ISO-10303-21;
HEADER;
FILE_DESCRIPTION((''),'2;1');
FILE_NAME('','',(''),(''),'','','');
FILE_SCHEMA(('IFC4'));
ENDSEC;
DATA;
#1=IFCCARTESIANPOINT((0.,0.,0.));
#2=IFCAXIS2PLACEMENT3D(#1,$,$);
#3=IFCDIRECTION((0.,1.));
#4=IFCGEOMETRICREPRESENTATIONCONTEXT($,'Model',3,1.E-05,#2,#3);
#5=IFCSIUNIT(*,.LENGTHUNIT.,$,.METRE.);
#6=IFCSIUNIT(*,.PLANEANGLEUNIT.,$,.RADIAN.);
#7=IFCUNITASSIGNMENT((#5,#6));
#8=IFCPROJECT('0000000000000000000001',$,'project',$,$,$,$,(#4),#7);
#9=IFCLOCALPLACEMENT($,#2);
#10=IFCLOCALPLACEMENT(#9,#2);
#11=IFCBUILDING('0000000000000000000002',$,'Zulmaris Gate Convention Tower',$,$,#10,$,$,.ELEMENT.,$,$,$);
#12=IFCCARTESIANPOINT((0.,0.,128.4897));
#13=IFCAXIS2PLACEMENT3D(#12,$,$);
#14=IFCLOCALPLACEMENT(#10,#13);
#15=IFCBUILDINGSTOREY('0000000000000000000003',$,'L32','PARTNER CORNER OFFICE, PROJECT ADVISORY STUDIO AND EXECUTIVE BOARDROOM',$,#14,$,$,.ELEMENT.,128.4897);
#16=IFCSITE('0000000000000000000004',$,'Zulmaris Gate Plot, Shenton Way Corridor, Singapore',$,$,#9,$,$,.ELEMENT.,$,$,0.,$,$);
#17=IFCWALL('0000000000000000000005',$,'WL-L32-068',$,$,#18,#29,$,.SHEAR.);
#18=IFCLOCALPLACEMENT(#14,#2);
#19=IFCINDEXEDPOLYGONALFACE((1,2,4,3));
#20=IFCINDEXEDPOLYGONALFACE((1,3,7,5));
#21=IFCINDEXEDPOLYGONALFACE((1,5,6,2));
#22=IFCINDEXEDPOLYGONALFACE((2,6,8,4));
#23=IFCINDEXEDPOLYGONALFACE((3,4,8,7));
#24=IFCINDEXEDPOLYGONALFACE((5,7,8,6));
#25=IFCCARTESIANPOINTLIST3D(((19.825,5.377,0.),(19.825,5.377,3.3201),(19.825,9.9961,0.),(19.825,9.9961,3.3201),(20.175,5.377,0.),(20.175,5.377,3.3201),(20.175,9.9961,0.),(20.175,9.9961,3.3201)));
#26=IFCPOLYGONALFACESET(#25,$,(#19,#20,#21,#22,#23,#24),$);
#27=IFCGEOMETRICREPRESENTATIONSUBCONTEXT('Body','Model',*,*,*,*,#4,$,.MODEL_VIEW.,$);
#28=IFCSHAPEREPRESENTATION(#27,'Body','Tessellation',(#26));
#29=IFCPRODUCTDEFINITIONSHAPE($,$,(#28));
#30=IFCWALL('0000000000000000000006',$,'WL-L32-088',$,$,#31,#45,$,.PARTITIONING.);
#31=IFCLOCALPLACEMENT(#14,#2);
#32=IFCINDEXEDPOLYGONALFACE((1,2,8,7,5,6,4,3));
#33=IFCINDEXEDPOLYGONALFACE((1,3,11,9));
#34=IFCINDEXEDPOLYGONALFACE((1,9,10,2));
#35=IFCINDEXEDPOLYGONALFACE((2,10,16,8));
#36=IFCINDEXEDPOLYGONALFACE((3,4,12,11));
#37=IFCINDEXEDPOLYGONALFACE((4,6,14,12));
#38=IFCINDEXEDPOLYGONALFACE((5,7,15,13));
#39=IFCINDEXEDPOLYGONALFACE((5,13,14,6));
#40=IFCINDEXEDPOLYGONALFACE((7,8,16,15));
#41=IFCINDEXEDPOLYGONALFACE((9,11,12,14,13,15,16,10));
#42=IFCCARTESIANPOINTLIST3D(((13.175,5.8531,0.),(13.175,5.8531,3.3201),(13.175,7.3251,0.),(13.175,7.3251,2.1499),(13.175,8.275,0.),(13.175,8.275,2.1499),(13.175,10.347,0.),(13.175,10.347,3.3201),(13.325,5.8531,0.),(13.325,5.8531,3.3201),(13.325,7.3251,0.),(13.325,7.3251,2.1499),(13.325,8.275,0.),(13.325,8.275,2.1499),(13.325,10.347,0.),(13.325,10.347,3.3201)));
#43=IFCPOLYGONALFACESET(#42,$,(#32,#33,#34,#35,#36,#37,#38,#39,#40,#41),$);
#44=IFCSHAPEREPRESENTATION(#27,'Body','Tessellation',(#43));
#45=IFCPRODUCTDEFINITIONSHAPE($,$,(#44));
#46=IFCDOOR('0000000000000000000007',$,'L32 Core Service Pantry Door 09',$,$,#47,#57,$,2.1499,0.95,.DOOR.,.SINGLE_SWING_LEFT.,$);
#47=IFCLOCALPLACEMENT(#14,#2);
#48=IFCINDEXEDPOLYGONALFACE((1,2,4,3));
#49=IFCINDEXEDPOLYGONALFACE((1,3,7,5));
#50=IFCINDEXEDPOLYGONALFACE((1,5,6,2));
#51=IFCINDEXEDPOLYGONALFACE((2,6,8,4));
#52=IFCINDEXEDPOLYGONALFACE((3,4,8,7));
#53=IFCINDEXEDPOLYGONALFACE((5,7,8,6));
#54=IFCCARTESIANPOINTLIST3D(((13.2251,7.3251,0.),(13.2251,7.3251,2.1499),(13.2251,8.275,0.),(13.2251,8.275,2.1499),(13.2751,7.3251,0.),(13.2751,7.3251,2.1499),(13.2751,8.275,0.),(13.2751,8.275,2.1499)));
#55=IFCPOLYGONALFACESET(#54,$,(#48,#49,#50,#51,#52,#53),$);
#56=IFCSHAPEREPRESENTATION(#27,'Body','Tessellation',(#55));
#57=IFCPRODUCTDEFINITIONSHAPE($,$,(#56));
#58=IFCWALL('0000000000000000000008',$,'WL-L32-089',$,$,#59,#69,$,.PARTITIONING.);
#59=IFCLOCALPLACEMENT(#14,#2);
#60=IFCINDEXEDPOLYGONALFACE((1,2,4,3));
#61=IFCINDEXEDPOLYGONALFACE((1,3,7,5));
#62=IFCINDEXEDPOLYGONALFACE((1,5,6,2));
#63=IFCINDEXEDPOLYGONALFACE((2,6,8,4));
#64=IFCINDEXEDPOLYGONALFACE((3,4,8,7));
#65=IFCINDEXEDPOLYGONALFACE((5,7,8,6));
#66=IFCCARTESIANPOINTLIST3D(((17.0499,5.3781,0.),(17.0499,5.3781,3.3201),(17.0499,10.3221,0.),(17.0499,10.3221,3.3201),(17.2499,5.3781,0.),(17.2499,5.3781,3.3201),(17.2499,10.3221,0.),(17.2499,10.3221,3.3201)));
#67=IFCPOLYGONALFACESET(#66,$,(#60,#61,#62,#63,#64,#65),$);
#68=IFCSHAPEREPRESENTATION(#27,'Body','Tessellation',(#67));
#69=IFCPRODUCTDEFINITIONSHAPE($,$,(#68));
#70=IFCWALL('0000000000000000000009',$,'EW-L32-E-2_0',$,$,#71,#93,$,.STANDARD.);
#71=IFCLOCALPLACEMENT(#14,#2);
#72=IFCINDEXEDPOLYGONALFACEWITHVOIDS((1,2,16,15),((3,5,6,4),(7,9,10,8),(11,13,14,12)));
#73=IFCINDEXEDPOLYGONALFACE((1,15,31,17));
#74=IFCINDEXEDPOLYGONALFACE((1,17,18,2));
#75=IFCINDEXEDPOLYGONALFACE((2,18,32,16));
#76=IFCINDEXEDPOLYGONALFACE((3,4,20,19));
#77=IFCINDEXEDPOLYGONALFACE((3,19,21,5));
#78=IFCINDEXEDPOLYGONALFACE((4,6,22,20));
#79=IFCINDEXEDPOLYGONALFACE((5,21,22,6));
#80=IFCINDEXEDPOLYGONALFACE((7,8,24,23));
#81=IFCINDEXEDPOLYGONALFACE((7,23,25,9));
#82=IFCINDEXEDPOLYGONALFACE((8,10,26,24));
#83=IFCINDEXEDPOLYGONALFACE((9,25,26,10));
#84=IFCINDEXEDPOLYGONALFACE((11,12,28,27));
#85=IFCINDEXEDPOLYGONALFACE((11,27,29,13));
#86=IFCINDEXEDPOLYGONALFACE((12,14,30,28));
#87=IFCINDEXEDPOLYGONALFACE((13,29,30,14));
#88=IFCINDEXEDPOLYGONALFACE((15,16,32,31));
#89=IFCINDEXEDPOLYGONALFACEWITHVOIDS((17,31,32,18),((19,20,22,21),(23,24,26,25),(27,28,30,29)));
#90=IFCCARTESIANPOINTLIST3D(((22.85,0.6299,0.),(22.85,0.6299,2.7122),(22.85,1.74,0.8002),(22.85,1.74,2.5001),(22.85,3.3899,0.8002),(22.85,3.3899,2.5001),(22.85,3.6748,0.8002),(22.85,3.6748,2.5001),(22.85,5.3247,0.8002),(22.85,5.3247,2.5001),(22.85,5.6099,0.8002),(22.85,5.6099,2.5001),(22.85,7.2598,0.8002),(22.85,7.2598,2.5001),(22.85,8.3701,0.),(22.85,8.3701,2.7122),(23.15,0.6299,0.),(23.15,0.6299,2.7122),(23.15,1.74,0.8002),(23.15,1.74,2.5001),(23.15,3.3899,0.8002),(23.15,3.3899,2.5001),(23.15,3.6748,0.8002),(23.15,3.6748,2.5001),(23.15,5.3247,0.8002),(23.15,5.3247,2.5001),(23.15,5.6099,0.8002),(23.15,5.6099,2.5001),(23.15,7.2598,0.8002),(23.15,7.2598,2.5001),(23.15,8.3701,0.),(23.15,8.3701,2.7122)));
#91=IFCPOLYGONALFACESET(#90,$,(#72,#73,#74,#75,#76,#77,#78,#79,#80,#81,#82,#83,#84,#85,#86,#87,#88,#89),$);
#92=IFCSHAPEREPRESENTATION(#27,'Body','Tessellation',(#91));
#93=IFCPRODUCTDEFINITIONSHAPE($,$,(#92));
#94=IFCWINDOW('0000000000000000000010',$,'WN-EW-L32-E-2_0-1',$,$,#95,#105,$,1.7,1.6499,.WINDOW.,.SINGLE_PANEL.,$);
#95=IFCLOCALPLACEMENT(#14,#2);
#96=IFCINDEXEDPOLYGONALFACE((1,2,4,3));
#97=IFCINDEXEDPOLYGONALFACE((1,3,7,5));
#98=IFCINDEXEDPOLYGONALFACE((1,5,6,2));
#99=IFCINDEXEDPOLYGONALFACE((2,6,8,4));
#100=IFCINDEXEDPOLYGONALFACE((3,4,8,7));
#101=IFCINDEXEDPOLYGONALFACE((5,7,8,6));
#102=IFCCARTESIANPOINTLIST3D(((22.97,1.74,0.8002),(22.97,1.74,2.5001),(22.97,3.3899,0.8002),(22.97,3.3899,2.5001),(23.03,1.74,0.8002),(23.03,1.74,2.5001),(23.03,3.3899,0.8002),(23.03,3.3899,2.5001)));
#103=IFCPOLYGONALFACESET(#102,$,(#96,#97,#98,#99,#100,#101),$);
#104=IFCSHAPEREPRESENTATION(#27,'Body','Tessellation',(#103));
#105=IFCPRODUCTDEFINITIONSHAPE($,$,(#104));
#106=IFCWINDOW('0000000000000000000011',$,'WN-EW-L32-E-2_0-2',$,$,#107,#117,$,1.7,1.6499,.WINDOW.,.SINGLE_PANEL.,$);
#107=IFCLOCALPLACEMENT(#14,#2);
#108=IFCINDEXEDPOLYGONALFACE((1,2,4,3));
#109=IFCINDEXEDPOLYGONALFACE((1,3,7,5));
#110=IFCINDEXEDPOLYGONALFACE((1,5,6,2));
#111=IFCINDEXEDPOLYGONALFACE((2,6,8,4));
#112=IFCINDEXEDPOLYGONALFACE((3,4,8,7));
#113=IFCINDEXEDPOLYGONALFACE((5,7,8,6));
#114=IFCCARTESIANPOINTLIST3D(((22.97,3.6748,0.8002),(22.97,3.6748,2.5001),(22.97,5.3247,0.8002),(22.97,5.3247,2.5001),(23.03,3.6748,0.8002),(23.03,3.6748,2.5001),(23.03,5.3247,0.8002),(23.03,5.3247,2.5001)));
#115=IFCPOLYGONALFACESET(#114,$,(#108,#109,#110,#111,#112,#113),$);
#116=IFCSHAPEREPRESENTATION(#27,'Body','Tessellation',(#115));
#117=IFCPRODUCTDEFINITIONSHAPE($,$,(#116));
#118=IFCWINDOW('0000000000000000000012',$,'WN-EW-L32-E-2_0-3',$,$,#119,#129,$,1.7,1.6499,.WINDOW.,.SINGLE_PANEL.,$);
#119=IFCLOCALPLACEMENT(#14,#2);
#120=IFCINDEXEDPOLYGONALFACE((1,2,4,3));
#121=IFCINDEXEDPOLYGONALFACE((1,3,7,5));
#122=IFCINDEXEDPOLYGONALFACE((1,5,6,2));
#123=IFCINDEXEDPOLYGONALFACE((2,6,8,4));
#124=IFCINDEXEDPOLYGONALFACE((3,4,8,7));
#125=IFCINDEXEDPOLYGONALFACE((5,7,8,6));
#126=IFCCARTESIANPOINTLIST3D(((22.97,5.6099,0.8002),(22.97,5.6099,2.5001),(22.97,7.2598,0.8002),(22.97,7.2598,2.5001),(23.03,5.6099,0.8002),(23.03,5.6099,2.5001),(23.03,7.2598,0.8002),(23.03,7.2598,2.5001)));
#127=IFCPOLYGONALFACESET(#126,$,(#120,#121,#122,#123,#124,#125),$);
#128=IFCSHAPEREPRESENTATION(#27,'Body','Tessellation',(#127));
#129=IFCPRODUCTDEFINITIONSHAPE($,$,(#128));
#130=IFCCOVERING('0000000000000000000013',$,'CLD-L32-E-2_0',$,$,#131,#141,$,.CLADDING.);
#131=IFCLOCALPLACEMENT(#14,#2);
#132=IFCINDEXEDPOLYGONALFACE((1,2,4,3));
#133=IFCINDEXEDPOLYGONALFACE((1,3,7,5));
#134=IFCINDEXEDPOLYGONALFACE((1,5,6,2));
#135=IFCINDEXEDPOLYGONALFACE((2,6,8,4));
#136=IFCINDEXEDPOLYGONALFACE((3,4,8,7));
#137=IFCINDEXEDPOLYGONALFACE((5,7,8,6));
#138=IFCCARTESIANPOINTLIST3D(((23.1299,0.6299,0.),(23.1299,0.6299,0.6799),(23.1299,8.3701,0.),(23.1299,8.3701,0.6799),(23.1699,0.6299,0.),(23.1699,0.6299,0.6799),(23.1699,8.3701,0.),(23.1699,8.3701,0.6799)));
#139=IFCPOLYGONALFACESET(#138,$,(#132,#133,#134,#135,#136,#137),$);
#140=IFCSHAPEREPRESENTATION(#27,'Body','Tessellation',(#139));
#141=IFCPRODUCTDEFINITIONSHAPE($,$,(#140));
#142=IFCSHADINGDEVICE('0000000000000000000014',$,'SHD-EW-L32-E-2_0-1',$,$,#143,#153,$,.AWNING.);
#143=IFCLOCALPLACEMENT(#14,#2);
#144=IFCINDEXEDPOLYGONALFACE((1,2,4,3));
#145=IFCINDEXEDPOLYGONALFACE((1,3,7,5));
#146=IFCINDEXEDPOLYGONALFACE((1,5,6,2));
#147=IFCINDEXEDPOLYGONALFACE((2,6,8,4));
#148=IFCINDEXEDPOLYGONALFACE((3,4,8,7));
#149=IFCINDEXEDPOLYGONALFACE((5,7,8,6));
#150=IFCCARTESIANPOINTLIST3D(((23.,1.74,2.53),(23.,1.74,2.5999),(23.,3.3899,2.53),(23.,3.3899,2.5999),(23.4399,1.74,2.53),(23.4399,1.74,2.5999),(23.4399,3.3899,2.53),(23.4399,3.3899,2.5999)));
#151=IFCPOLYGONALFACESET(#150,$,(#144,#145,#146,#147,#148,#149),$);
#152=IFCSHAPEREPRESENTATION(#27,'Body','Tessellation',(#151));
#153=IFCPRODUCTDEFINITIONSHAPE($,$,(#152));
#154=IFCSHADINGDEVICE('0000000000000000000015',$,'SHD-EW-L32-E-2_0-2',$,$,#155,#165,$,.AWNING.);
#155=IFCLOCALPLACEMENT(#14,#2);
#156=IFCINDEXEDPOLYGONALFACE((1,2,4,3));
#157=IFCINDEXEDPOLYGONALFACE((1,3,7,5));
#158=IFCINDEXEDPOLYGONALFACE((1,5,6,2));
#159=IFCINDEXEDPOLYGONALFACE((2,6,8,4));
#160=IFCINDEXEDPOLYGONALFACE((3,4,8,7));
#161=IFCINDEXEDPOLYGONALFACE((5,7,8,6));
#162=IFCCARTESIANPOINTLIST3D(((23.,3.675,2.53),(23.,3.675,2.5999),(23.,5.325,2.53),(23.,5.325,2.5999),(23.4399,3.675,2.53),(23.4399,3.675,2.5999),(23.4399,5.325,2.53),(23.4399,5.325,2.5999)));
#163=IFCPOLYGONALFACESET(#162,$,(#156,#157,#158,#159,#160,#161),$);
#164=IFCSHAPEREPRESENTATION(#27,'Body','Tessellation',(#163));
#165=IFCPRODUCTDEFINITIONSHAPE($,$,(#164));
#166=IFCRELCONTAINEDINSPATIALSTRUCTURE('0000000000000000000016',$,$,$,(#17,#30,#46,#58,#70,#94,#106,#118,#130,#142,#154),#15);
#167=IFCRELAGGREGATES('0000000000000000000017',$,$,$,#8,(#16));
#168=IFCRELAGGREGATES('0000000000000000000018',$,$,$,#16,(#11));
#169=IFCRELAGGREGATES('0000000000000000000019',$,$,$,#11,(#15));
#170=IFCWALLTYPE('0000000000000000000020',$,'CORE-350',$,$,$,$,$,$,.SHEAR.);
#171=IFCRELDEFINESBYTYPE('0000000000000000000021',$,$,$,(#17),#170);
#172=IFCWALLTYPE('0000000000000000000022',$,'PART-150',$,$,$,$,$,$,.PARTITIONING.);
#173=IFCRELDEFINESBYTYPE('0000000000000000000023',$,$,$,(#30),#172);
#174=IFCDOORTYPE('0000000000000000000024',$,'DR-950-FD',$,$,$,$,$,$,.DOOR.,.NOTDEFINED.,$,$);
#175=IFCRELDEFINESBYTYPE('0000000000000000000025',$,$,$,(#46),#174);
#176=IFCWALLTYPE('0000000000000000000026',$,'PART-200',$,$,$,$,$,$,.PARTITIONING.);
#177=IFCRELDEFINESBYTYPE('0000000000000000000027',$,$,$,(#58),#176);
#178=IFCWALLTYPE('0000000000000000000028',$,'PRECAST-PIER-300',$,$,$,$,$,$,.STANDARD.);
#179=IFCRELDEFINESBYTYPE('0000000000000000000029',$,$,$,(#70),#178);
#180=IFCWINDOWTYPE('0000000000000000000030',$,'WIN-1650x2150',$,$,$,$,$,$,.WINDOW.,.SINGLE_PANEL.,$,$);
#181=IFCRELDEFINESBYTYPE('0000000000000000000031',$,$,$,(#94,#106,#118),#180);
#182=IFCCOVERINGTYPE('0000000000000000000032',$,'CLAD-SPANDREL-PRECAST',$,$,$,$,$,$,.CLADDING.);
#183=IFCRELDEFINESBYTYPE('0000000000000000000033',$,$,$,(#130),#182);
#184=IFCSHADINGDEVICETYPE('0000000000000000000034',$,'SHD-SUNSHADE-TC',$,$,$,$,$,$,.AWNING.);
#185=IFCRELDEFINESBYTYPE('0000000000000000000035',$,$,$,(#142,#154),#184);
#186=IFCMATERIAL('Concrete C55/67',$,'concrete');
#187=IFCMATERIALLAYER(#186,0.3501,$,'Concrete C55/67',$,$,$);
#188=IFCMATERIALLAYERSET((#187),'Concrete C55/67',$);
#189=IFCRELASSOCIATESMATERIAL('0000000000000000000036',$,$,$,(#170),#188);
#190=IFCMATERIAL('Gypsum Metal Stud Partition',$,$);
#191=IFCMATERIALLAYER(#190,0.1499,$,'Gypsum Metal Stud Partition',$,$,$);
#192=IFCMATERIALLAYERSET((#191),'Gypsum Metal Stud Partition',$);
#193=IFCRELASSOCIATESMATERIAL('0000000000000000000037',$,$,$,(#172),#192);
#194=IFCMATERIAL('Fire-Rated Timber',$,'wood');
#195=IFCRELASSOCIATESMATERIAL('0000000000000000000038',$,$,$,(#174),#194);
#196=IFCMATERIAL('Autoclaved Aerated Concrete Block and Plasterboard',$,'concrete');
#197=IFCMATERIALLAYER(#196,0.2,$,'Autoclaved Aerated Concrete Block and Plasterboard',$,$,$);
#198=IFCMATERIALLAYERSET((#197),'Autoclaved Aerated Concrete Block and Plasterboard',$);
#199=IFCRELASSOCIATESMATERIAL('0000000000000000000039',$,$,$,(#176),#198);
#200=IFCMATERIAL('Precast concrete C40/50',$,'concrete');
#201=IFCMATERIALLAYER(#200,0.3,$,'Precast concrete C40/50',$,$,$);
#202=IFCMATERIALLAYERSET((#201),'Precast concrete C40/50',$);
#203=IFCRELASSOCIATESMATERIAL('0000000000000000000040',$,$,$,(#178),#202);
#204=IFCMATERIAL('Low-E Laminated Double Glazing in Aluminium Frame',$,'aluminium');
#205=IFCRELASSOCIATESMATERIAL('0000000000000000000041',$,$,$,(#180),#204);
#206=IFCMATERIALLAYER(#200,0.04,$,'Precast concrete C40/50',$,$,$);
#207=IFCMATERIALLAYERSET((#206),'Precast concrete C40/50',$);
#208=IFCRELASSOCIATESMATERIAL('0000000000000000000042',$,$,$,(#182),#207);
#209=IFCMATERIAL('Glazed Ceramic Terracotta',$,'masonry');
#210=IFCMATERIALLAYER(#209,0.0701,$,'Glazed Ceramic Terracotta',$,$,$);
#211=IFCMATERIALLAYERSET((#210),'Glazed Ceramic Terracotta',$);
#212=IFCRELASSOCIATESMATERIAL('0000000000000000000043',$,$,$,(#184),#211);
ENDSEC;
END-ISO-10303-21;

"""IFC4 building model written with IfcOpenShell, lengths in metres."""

from ifc_helpers import new_model, si_unit, direction, frame, frame_2d, origin, place, context, subcontext, project, spatial, rectangle, extrude, material, layer, layer_set, type_object, element, fill, save


model = new_model("IFC4")

# Units and contexts
model_context = context("Model", 3, precision=1e-05, world=origin(), true_north=direction((0.0, 1.0)))
body_context = subcontext(model_context, "Body", "Model", "MODEL_VIEW")
ifc_project = project(units=[si_unit("LENGTHUNIT", "METRE"), si_unit("PLANEANGLEUNIT", "RADIAN")], contexts=[model_context])

# Site, building, storey
site_placement = place(None, origin())
site = spatial("IfcSite", under=ifc_project, at=site_placement, Name="Zulmaris Gate Plot, Shenton Way Corridor, Singapore", CompositionType="ELEMENT", RefElevation=0.0)
building_placement = place(site_placement, origin())
building = spatial("IfcBuilding", under=site, at=building_placement, Name="Zulmaris Gate Convention Tower", CompositionType="ELEMENT")
storey_placement = place(building_placement, frame((0.0, 0.0, 128.4897)))
storey = spatial("IfcBuildingStorey", under=building, at=storey_placement, Name="L32", Description="PARTNER CORNER OFFICE, PROJECT ADVISORY STUDIO AND EXECUTIVE BOARDROOM", CompositionType="ELEMENT", Elevation=128.4897)

# Wall
ifc_material_1 = material(Name="Concrete C55/67", Category="concrete")
ifc_layer_1 = layer(ifc_material_1, 0.3501, Name="Concrete C55/67")
ifc_layer_set_1 = layer_set([ifc_layer_1], Name="Concrete C55/67")
wall_type_1 = type_object("IfcWallType", Name="CORE-350", PredefinedType="SHEAR", material=ifc_layer_set_1)
wall_1_placement = place(storey_placement, frame((20.0, 5.377, 0.0), z_axis=(0.0, 0.0, 1.0), x_axis=(0.0, 1.0, 0.0)))
element("IfcWall", 1, at=wall_1_placement, inside=storey, type_object=wall_type_1, Name="WL-L32-068", PredefinedType="SHEAR", context=body_context, shape_type="SweptSolid", body=[
    extrude(rectangle(XDim=4.6191, YDim=0.3501, at=frame_2d((2.3096, 0.0))), origin(), (0.0, 0.0, 1.0), 3.3201),
])

# Wall, opening, door
ifc_material_2 = material(Name="Gypsum Metal Stud Partition")
ifc_layer_2 = layer(ifc_material_2, 0.1499, Name="Gypsum Metal Stud Partition")
ifc_layer_set_2 = layer_set([ifc_layer_2], Name="Gypsum Metal Stud Partition")
wall_type_2 = type_object("IfcWallType", Name="PART-150", PredefinedType="PARTITIONING", material=ifc_layer_set_2)
wall_2_placement = place(storey_placement, frame((13.25, 5.853, 0.0), z_axis=(0.0, 0.0, 1.0), x_axis=(0.0, 1.0, 0.0)))
wall_2 = element("IfcWall", 2, at=wall_2_placement, inside=storey, type_object=wall_type_2, Name="WL-L32-088", PredefinedType="PARTITIONING", context=body_context, shape_type="SweptSolid", body=[
    extrude(rectangle(XDim=4.4939, YDim=0.1499, at=frame_2d((2.2471, 0.0))), origin(), (0.0, 0.0, 1.0), 3.3201),
])
opening_1_placement = place(wall_2_placement, frame((1.4719, 0.0, 0.0)))
opening_1 = element("IfcOpeningElement", 3, at=opening_1_placement, cuts=wall_2, PredefinedType="OPENING", context=body_context, shape_type="SweptSolid", body=[
    extrude(rectangle(XDim=0.95, YDim=2.1499, at=frame_2d((0.4751, 1.075))), frame((0.0, 0.085, 0.0), z_axis=(0.0, -1.0, 0.0), x_axis=(1.0, 0.0, 0.0)), (0.0, 0.0, 1.0), 0.1699),
])
ifc_material_3 = material(Name="Fire-Rated Timber", Category="wood")
door_type_1 = type_object("IfcDoorType", Name="DR-950-FD", OperationType="NOTDEFINED", PredefinedType="DOOR", material=ifc_material_3)
door_1_placement = place(opening_1_placement, origin())
door_1 = element("IfcDoor", 4, at=door_1_placement, inside=storey, type_object=door_type_1, Name="L32 Core Service Pantry Door 09", OperationType="SINGLE_SWING_LEFT", OverallHeight=2.1499, OverallWidth=0.95, PredefinedType="DOOR", context=body_context, shape_type="SweptSolid", body=[
    extrude(rectangle(XDim=0.95, YDim=2.1499, at=frame_2d((0.4751, 1.075))), frame((0.0, 0.0249, 0.0), z_axis=(0.0, -1.0, 0.0), x_axis=(1.0, 0.0, 0.0)), (0.0, 0.0, 1.0), 0.05),
])
fill(opening_1, door_1)

# Wall
ifc_material_4 = material(Name="Autoclaved Aerated Concrete Block and Plasterboard", Category="concrete")
ifc_layer_3 = layer(ifc_material_4, 0.2, Name="Autoclaved Aerated Concrete Block and Plasterboard")
ifc_layer_set_3 = layer_set([ifc_layer_3], Name="Autoclaved Aerated Concrete Block and Plasterboard")
wall_type_3 = type_object("IfcWallType", Name="PART-200", PredefinedType="PARTITIONING", material=ifc_layer_set_3)
wall_3_placement = place(storey_placement, frame((17.1499, 5.3779, 0.0), z_axis=(0.0, 0.0, 1.0), x_axis=(0.0, 1.0, 0.0)))
element("IfcWall", 5, at=wall_3_placement, inside=storey, type_object=wall_type_3, Name="WL-L32-089", PredefinedType="PARTITIONING", context=body_context, shape_type="SweptSolid", body=[
    extrude(rectangle(XDim=4.9441, YDim=0.2, at=frame_2d((2.4722, 0.0))), origin(), (0.0, 0.0, 1.0), 3.3201),
])

# Wall, openings, windows
ifc_material_5 = material(Name="Precast concrete C40/50", Category="concrete")
ifc_layer_4 = layer(ifc_material_5, 0.3, Name="Precast concrete C40/50")
ifc_layer_set_4 = layer_set([ifc_layer_4], Name="Precast concrete C40/50")
wall_type_4 = type_object("IfcWallType", Name="PRECAST-PIER-300", PredefinedType="STANDARD", material=ifc_layer_set_4)
wall_4_placement = place(storey_placement, frame((23.0, 0.6299, 0.0), z_axis=(0.0, 0.0, 1.0), x_axis=(0.0, 1.0, 0.0)))
wall_4 = element("IfcWall", 6, at=wall_4_placement, inside=storey, type_object=wall_type_4, Name="EW-L32-E-2_0", PredefinedType="STANDARD", context=body_context, shape_type="SweptSolid", body=[
    extrude(rectangle(XDim=7.7402, YDim=0.3, at=frame_2d((3.8701, 0.0))), origin(), (0.0, 0.0, 1.0), 2.7122),
])
opening_2_placement = place(wall_4_placement, frame((1.1101, 0.0, 0.8)))
opening_2 = element("IfcOpeningElement", 7, at=opening_2_placement, cuts=wall_4, PredefinedType="OPENING", context=body_context, shape_type="SweptSolid", body=[
    extrude(rectangle(XDim=1.6499, YDim=1.7, at=frame_2d((0.825, 0.8501))), frame((0.0, 0.1602, 0.0), z_axis=(0.0, -1.0, 0.0), x_axis=(1.0, 0.0, 0.0)), (0.0, 0.0, 1.0), 0.3201),
])
opening_3_placement = place(wall_4_placement, frame((3.0449, 0.0, 0.8)))
opening_3 = element("IfcOpeningElement", 8, at=opening_3_placement, cuts=wall_4, PredefinedType="OPENING", context=body_context, shape_type="SweptSolid", body=[
    extrude(rectangle(XDim=1.6499, YDim=1.7, at=frame_2d((0.825, 0.8501))), frame((0.0, 0.1602, 0.0), z_axis=(0.0, -1.0, 0.0), x_axis=(1.0, 0.0, 0.0)), (0.0, 0.0, 1.0), 0.3201),
])
opening_4_placement = place(wall_4_placement, frame((4.98, 0.0, 0.8)))
opening_4 = element("IfcOpeningElement", 9, at=opening_4_placement, cuts=wall_4, PredefinedType="OPENING", context=body_context, shape_type="SweptSolid", body=[
    extrude(rectangle(XDim=1.6499, YDim=1.7, at=frame_2d((0.825, 0.8501))), frame((0.0, 0.1602, 0.0), z_axis=(0.0, -1.0, 0.0), x_axis=(1.0, 0.0, 0.0)), (0.0, 0.0, 1.0), 0.3201),
])
ifc_material_6 = material(Name="Low-E Laminated Double Glazing in Aluminium Frame", Category="aluminium")
window_type = type_object("IfcWindowType", Name="WIN-1650x2150", PartitioningType="SINGLE_PANEL", PredefinedType="WINDOW", material=ifc_material_6)
window_1_placement = place(opening_2_placement, origin())
window_1 = element("IfcWindow", 10, at=window_1_placement, inside=storey, type_object=window_type, Name="WN-EW-L32-E-2_0-1", OverallHeight=1.7, OverallWidth=1.6499, PartitioningType="SINGLE_PANEL", PredefinedType="WINDOW", context=body_context, shape_type="SweptSolid", body=[
    extrude(rectangle(XDim=1.6499, YDim=1.7, at=frame_2d((0.825, 0.8501))), frame((0.0, 0.03, 0.0), z_axis=(0.0, -1.0, 0.0), x_axis=(1.0, 0.0, 0.0)), (0.0, 0.0, 1.0), 0.0601),
])
fill(opening_2, window_1)
window_2_placement = place(opening_3_placement, origin())
window_2 = element("IfcWindow", 11, at=window_2_placement, inside=storey, type_object=window_type, Name="WN-EW-L32-E-2_0-2", OverallHeight=1.7, OverallWidth=1.6499, PartitioningType="SINGLE_PANEL", PredefinedType="WINDOW", context=body_context, shape_type="SweptSolid", body=[
    extrude(rectangle(XDim=1.6499, YDim=1.7, at=frame_2d((0.825, 0.8501))), frame((0.0, 0.03, 0.0), z_axis=(0.0, -1.0, 0.0), x_axis=(1.0, 0.0, 0.0)), (0.0, 0.0, 1.0), 0.0601),
])
fill(opening_3, window_2)
window_3_placement = place(opening_4_placement, origin())
window_3 = element("IfcWindow", 12, at=window_3_placement, inside=storey, type_object=window_type, Name="WN-EW-L32-E-2_0-3", OverallHeight=1.7, OverallWidth=1.6499, PartitioningType="SINGLE_PANEL", PredefinedType="WINDOW", context=body_context, shape_type="SweptSolid", body=[
    extrude(rectangle(XDim=1.6499, YDim=1.7, at=frame_2d((0.825, 0.8501))), frame((0.0, 0.03, 0.0), z_axis=(0.0, -1.0, 0.0), x_axis=(1.0, 0.0, 0.0)), (0.0, 0.0, 1.0), 0.0601),
])
fill(opening_4, window_3)

# Covering
ifc_layer_5 = layer(ifc_material_5, 0.04, Name="Precast concrete C40/50")
ifc_layer_set_5 = layer_set([ifc_layer_5], Name="Precast concrete C40/50")
covering_type = type_object("IfcCoveringType", Name="CLAD-SPANDREL-PRECAST", PredefinedType="CLADDING", material=ifc_layer_set_5)
covering_placement = place(storey_placement, frame((23.1499, 0.6299, 0.0), z_axis=(0.0, 0.0, 1.0), x_axis=(0.0, 1.0, 0.0)))
element("IfcCovering", 13, at=covering_placement, inside=storey, type_object=covering_type, Name="CLD-L32-E-2_0", PredefinedType="CLADDING", context=body_context, shape_type="SweptSolid", body=[
    extrude(rectangle(XDim=7.7402, YDim=0.04, at=frame_2d((3.8701, 0.0))), origin(), (0.0, 0.0, 1.0), 0.6799),
])

# Shading devices
ifc_material_7 = material(Name="Glazed Ceramic Terracotta", Category="masonry")
ifc_layer_6 = layer(ifc_material_7, 0.0701, Name="Glazed Ceramic Terracotta")
ifc_layer_set_6 = layer_set([ifc_layer_6], Name="Glazed Ceramic Terracotta")
shading_device_type = type_object("IfcShadingDeviceType", Name="SHD-SUNSHADE-TC", PredefinedType="AWNING", material=ifc_layer_set_6)
for number, where, z_axis, x_axis, name in (
    (14, (23.22, 1.74, 2.53), (0.0, 0.0, 1.0), (0.0, 1.0, 0.0), "SHD-EW-L32-E-2_0-1"),
    (15, (23.22, 3.675, 2.53), (0.0, 0.0, 1.0), (0.0, 1.0, 0.0), "SHD-EW-L32-E-2_0-2"),
):
    element("IfcShadingDevice", number, at=place(storey_placement, frame(where, z_axis=z_axis, x_axis=x_axis)), inside=storey, type_object=shading_device_type, Name=name, PredefinedType="AWNING", context=body_context, shape_type="SweptSolid", body=[
        extrude(rectangle(XDim=1.6499, YDim=0.4399, at=frame_2d((0.825, 0.0))), origin(), (0.0, 0.0, 1.0), 0.0698),
    ])

save(model, "model.ifc")
